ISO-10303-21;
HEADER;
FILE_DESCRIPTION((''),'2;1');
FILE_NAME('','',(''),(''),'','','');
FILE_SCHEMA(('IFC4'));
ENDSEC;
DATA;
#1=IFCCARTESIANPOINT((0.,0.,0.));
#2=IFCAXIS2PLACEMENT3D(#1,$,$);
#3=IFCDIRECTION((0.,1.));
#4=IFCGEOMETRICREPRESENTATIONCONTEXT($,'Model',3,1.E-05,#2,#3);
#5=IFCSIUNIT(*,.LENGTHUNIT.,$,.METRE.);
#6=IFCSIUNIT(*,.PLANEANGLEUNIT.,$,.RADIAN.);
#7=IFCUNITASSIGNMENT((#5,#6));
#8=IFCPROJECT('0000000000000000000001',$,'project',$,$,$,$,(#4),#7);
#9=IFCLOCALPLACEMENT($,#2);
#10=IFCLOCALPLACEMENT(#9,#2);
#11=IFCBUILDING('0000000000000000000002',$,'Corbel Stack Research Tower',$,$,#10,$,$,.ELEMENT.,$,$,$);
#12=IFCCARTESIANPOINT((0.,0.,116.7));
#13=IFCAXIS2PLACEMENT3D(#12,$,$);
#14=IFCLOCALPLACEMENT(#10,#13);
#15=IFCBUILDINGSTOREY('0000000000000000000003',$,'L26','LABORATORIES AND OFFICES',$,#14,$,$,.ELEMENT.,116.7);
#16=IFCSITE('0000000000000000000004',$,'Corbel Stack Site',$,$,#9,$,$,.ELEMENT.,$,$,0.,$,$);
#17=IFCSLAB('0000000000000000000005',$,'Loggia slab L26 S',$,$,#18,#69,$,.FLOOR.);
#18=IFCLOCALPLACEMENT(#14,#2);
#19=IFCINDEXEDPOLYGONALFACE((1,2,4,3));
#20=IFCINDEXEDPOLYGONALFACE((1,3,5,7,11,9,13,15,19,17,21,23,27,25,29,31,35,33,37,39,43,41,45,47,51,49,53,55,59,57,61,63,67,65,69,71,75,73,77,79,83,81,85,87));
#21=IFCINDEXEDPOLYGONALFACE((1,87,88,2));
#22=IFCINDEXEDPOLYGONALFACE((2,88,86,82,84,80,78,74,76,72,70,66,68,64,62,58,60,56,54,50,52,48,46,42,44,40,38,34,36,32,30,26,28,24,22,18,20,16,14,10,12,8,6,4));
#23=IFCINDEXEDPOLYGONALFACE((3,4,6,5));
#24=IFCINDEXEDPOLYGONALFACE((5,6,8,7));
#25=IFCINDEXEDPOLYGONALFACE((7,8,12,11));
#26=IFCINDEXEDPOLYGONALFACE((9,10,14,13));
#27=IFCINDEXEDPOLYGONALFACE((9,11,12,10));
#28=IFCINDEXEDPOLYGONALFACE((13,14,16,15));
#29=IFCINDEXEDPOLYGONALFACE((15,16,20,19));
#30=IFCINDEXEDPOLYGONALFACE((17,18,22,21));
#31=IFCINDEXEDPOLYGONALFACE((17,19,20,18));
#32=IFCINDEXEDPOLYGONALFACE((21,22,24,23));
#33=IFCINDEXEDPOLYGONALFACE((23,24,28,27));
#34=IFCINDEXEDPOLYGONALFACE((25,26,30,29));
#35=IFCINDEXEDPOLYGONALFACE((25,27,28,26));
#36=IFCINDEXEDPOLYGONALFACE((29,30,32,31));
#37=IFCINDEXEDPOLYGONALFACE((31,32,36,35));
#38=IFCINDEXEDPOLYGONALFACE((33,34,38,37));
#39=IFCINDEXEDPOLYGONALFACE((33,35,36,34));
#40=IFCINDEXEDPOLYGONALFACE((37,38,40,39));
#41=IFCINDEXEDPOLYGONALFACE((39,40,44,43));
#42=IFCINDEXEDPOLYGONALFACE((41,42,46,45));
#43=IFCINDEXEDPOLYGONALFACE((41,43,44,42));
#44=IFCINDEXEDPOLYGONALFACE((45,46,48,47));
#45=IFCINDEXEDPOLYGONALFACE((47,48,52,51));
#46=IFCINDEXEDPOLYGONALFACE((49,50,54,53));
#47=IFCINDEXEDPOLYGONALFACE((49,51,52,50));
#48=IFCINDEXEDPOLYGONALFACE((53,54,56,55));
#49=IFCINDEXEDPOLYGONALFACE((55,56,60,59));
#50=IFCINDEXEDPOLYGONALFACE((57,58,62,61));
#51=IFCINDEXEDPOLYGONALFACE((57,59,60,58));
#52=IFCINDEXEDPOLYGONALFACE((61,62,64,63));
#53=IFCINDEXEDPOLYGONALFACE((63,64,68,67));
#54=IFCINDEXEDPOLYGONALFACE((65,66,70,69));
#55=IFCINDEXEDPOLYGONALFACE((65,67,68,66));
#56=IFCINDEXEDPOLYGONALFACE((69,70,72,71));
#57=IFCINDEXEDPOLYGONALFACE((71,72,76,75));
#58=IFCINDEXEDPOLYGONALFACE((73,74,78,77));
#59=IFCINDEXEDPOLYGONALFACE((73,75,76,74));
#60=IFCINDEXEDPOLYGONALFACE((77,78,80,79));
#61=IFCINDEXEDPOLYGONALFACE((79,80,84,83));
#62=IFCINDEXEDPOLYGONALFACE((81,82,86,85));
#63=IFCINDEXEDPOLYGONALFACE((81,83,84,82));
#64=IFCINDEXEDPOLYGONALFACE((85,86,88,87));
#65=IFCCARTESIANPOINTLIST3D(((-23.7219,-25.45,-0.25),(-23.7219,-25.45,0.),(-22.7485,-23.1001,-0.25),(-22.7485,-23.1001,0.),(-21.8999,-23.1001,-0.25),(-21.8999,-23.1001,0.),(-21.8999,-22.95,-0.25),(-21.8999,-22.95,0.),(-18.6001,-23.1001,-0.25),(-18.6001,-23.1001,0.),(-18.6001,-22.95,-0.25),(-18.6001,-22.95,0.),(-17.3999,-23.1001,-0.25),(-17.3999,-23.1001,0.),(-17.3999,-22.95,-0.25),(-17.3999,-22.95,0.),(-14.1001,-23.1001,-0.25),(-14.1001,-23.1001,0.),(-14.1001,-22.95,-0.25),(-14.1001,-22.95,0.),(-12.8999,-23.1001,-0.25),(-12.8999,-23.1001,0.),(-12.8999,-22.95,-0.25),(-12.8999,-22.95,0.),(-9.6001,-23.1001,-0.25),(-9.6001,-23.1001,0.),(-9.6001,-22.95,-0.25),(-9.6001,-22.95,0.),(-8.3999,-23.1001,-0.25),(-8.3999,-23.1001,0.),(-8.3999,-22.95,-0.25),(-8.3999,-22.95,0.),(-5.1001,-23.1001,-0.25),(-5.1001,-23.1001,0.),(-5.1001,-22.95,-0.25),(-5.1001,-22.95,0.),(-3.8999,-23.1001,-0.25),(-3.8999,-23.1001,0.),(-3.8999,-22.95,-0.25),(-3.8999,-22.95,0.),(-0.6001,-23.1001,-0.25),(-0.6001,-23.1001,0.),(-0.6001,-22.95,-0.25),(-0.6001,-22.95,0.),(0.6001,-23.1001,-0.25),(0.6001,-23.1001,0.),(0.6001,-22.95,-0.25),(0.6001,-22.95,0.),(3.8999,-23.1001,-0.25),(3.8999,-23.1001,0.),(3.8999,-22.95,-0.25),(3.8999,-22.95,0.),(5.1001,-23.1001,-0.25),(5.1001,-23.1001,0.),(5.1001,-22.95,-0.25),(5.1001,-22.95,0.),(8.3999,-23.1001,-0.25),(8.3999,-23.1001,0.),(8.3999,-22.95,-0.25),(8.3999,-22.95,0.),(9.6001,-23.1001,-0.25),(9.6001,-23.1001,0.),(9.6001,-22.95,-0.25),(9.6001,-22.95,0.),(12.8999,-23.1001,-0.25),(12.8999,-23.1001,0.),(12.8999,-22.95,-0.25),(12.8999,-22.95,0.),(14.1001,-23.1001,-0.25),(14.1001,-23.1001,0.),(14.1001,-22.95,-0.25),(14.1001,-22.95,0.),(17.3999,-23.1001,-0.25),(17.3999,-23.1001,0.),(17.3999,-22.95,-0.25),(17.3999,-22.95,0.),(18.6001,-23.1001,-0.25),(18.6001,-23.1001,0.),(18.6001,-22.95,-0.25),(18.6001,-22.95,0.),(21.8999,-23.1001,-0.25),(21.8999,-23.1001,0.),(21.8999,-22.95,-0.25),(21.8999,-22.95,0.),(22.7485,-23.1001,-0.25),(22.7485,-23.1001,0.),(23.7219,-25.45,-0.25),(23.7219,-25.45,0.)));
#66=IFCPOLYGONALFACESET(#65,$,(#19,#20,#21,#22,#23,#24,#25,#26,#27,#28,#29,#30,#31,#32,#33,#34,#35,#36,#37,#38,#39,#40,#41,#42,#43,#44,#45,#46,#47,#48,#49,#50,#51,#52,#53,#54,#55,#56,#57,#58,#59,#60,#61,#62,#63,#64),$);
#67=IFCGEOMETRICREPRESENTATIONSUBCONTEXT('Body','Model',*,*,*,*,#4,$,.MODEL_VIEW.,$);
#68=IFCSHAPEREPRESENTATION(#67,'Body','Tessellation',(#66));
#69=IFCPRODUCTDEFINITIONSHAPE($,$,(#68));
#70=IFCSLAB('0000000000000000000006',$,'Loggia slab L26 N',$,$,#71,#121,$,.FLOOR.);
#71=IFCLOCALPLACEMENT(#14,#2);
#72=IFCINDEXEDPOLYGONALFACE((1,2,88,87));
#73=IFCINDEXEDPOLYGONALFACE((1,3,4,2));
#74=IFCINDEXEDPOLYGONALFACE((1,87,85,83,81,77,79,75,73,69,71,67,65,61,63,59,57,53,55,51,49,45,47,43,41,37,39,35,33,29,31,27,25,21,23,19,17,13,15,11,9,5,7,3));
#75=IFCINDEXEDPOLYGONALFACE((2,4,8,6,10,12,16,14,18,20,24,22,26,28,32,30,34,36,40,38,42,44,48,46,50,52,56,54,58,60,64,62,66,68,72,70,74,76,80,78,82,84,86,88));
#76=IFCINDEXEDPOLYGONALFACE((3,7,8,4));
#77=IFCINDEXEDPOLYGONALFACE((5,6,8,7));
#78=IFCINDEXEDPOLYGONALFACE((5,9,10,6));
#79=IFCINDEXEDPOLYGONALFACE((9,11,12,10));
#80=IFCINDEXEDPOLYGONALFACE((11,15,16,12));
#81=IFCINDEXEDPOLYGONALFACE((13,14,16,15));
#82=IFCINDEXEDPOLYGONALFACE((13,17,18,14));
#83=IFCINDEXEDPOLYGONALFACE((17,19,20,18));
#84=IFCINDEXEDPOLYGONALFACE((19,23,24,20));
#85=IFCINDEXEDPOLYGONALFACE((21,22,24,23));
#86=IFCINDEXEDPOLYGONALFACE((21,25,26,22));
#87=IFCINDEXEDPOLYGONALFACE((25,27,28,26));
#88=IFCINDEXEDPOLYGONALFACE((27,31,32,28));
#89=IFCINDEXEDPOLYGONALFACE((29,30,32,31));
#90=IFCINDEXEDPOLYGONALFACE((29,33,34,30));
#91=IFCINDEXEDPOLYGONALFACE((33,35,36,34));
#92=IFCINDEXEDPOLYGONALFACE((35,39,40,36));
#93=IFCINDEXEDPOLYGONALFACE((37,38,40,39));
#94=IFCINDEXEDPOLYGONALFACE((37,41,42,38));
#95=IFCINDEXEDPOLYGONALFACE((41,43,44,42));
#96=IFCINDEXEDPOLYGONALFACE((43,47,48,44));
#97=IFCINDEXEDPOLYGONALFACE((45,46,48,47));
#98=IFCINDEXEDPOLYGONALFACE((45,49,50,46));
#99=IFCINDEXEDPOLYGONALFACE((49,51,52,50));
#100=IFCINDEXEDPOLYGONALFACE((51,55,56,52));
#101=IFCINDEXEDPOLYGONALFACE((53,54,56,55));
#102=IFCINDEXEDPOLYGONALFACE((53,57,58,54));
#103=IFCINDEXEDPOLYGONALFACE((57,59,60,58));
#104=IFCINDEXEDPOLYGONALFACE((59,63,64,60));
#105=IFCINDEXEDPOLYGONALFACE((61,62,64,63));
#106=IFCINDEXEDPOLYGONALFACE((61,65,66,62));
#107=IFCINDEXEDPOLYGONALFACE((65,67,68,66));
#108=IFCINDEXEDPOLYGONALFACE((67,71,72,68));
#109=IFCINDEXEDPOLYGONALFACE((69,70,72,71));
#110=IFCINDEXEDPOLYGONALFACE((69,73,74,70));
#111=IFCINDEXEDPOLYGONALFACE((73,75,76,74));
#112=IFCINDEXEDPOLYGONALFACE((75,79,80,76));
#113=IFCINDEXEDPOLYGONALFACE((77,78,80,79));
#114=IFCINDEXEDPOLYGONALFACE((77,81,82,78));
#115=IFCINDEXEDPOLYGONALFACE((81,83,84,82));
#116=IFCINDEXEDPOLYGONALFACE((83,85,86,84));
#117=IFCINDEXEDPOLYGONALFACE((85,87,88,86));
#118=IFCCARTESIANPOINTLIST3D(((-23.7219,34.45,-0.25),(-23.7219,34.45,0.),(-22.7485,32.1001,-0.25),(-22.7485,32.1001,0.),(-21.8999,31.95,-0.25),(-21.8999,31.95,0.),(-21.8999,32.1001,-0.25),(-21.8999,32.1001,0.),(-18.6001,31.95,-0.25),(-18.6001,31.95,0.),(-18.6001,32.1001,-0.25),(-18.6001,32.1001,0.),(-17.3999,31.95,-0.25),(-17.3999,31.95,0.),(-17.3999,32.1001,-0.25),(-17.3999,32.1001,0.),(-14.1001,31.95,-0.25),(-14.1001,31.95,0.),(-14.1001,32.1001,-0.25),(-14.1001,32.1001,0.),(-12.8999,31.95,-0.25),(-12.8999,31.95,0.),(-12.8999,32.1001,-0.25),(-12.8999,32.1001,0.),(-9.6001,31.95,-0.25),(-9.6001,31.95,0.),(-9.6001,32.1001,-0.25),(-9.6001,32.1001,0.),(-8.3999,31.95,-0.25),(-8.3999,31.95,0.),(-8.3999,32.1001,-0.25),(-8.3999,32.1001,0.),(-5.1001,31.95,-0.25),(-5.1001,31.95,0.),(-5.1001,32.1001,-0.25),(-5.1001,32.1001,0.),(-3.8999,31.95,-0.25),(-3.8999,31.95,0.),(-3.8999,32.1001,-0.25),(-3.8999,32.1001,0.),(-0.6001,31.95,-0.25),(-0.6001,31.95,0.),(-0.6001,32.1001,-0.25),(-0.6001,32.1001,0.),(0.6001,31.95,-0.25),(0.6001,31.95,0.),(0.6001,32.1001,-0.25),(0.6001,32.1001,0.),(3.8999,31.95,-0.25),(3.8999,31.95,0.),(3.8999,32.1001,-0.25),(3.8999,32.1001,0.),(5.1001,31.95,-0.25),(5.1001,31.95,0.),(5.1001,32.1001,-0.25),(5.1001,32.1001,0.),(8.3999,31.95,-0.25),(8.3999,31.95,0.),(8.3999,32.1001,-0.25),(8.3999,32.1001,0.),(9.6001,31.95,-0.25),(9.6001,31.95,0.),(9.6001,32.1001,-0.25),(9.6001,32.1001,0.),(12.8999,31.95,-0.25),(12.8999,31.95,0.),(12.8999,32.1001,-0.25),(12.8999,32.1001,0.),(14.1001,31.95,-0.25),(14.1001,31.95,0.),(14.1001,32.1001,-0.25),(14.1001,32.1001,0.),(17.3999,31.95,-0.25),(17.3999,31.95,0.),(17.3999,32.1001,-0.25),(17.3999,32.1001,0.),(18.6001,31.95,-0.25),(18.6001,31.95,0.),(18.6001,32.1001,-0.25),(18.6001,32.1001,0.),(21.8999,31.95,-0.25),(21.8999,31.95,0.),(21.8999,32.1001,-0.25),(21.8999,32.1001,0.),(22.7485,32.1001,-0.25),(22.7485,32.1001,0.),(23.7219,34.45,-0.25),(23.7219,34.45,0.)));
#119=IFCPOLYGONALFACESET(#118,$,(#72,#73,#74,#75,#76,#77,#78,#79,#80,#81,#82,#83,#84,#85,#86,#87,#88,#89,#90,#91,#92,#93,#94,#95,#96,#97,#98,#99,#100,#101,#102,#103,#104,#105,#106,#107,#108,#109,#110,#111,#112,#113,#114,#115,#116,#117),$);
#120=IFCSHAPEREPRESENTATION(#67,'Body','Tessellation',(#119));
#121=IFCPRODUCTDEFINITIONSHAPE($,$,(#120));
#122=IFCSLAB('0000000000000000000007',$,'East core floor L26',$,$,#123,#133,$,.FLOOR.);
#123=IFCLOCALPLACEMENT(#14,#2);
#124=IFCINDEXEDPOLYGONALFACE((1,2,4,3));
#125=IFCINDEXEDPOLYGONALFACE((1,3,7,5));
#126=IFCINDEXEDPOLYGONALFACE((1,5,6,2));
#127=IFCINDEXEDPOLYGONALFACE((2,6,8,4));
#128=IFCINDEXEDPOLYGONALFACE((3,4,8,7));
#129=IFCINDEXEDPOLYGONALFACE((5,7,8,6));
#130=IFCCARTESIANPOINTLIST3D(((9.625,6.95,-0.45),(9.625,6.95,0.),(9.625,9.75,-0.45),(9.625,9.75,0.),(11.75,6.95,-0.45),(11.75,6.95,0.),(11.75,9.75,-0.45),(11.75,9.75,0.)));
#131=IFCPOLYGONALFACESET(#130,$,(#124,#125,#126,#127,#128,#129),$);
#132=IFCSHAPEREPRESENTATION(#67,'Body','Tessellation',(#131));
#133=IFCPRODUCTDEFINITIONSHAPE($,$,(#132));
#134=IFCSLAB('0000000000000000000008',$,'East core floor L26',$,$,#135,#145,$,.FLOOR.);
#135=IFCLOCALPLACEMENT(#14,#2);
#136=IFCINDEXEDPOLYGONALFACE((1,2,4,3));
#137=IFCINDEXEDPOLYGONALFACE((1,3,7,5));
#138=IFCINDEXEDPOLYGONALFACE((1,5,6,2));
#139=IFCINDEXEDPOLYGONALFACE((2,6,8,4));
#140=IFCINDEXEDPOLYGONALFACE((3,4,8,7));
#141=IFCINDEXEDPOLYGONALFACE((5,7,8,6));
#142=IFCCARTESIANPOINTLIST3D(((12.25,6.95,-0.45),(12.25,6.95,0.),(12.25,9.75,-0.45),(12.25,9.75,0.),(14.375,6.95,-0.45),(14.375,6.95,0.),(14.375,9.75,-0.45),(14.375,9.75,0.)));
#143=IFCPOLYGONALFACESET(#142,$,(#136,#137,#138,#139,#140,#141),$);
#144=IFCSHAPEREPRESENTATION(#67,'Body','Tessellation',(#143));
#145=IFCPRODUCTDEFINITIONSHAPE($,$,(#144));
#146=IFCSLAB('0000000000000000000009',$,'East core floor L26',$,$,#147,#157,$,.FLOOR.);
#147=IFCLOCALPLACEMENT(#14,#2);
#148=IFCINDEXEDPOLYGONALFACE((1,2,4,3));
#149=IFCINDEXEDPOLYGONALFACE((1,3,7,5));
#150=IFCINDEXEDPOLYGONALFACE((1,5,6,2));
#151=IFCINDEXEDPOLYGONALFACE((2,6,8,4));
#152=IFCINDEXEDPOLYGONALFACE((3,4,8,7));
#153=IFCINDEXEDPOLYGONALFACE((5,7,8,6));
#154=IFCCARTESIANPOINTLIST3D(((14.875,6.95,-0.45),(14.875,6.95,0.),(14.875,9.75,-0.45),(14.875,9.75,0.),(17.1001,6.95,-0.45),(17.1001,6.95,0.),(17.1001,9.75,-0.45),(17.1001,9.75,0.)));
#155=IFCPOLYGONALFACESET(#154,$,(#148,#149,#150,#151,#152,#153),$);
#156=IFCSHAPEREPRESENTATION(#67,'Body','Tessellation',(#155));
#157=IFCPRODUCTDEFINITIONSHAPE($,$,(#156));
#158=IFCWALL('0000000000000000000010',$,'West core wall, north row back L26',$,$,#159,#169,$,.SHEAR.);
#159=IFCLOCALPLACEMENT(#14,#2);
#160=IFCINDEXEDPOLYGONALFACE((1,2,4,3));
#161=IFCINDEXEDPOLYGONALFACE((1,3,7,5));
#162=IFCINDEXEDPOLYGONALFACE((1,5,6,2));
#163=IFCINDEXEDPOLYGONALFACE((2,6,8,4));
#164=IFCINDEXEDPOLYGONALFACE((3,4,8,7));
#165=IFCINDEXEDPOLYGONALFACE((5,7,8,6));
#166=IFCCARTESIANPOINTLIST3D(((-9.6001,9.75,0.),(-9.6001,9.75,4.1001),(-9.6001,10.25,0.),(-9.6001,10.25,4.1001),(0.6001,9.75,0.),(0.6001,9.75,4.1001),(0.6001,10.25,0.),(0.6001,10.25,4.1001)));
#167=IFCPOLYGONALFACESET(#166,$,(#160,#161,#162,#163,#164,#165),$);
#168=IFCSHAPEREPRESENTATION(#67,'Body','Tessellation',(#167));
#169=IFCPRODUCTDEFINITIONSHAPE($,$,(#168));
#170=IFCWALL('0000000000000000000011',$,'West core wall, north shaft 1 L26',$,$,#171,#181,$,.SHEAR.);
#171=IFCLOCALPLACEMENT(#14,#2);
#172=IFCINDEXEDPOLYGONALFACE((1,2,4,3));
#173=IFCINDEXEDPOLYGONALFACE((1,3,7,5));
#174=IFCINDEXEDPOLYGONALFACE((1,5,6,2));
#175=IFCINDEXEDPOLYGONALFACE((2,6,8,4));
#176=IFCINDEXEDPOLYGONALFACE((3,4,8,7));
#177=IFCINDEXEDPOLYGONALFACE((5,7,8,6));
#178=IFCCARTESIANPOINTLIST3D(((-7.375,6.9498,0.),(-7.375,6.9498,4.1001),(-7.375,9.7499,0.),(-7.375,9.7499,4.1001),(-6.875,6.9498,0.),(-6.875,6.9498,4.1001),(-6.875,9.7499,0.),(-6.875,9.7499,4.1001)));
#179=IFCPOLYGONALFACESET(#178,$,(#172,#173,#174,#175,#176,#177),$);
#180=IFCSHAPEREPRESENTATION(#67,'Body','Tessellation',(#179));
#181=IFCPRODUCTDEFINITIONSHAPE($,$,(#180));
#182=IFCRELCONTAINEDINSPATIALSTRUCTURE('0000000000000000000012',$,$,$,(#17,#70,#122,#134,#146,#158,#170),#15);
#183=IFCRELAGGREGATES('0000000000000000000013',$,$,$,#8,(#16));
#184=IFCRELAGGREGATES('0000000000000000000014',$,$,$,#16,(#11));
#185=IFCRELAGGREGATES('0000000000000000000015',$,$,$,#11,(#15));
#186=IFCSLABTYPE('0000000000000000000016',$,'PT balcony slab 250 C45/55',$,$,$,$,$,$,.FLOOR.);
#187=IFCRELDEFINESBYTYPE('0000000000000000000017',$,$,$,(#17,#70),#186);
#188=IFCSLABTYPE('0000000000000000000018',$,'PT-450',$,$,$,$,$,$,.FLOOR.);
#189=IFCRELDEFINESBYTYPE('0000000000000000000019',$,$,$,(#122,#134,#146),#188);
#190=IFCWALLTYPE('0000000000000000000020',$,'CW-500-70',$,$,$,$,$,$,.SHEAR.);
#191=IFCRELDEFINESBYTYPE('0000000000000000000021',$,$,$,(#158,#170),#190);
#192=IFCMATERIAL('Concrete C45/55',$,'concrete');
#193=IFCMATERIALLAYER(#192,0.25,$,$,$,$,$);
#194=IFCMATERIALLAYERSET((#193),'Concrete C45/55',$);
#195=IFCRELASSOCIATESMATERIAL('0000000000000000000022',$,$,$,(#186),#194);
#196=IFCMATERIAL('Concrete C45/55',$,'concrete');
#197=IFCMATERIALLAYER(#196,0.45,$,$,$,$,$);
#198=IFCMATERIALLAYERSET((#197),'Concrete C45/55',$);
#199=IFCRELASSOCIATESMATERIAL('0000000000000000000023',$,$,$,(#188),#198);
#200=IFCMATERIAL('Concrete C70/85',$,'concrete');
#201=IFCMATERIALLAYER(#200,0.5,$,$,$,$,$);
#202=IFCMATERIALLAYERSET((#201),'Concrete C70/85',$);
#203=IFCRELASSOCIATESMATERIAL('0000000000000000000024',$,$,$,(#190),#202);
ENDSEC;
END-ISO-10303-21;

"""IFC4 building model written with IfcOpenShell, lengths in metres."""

from ifc_helpers import new_model, si_unit, direction, frame, frame_2d, origin, place, context, subcontext, project, spatial, polyline, rectangle, outline, extrude, material, layer, layer_set, type_object, element, save


model = new_model("IFC4")

# Units and contexts
model_context = context("Model", 3, precision=1e-05, world=origin(), true_north=direction((0.0, 1.0)))
body_context = subcontext(model_context, "Body", "Model", "MODEL_VIEW")
ifc_project = project(units=[si_unit("LENGTHUNIT", "METRE"), si_unit("PLANEANGLEUNIT", "RADIAN")], contexts=[model_context])

# Site, building, storey
site_placement = place(None, origin())
site = spatial("IfcSite", under=ifc_project, at=site_placement, Name="Corbel Stack Site", CompositionType="ELEMENT", RefElevation=0.0)
building_placement = place(site_placement, origin())
building = spatial("IfcBuilding", under=site, at=building_placement, Name="Corbel Stack Research Tower", CompositionType="ELEMENT")
storey_placement = place(building_placement, frame((0.0, 0.0, 116.7)))
storey = spatial("IfcBuildingStorey", under=building, at=storey_placement, Name="L26", Description="LABORATORIES AND OFFICES", CompositionType="ELEMENT", Elevation=116.7)

# Slabs
ifc_material_1 = material(Name="Concrete C45/55", Category="concrete")
ifc_layer_1 = layer(ifc_material_1, 0.25)
ifc_layer_set_1 = layer_set([ifc_layer_1], Name="Concrete C45/55")
slab_type_1 = type_object("IfcSlabType", Name="PT balcony slab 250 C45/55", PredefinedType="FLOOR", material=ifc_layer_set_1)
slab_1_placement = place(storey_placement, frame((0.0, 0.0, -0.25)))
element("IfcSlab", 1, at=slab_1_placement, inside=storey, type_object=slab_type_1, Name="Loggia slab L26 S", PredefinedType="FLOOR", context=body_context, shape_type="SweptSolid", body=[
    extrude(outline(polyline([(22.7485, -23.1001), (21.8999, -23.1001), (21.8999, -22.95), (18.6001, -22.95), (18.6001, -23.1001), (17.3999, -23.1001), (17.3999, -22.95), (14.1001, -22.95), (14.1001, -23.1001), (12.8999, -23.1001), (12.8999, -22.95), (9.6001, -22.95), (9.6001, -23.1001), (8.3999, -23.1001), (8.3999, -22.95), (5.1001, -22.95), (5.1001, -23.1001), (3.8999, -23.1001), (3.8999, -22.95), (0.6001, -22.95), (0.6001, -23.1001), (-0.6001, -23.1001), (-0.6001, -22.95), (-3.8999, -22.95), (-3.8999, -23.1001), (-5.1001, -23.1001), (-5.1001, -22.95), (-8.3999, -22.95), (-8.3999, -23.1001), (-9.6001, -23.1001), (-9.6001, -22.95), (-12.8999, -22.95), (-12.8999, -23.1001), (-14.1001, -23.1001), (-14.1001, -22.95), (-17.3999, -22.95), (-17.3999, -23.1001), (-18.6001, -23.1001), (-18.6001, -22.95), (-21.8999, -22.95), (-21.8999, -23.1001), (-22.7485, -23.1001), (-23.7219, -25.45), (23.7219, -25.45), (22.7485, -23.1001)])), origin(), (0.0, 0.0, 1.0), 0.25),
])
slab_2_placement = place(storey_placement, frame((0.0, 0.0, -0.25)))
element("IfcSlab", 2, at=slab_2_placement, inside=storey, type_object=slab_type_1, Name="Loggia slab L26 N", PredefinedType="FLOOR", context=body_context, shape_type="SweptSolid", body=[
    extrude(outline(polyline([(-22.7485, 32.1001), (-21.8999, 32.1001), (-21.8999, 31.95), (-18.6001, 31.95), (-18.6001, 32.1001), (-17.3999, 32.1001), (-17.3999, 31.95), (-14.1001, 31.95), (-14.1001, 32.1001), (-12.8999, 32.1001), (-12.8999, 31.95), (-9.6001, 31.95), (-9.6001, 32.1001), (-8.3999, 32.1001), (-8.3999, 31.95), (-5.1001, 31.95), (-5.1001, 32.1001), (-3.8999, 32.1001), (-3.8999, 31.95), (-0.6001, 31.95), (-0.6001, 32.1001), (0.6001, 32.1001), (0.6001, 31.95), (3.8999, 31.95), (3.8999, 32.1001), (5.1001, 32.1001), (5.1001, 31.95), (8.3999, 31.95), (8.3999, 32.1001), (9.6001, 32.1001), (9.6001, 31.95), (12.8999, 31.95), (12.8999, 32.1001), (14.1001, 32.1001), (14.1001, 31.95), (17.3999, 31.95), (17.3999, 32.1001), (18.6001, 32.1001), (18.6001, 31.95), (21.8999, 31.95), (21.8999, 32.1001), (22.7485, 32.1001), (23.7219, 34.45), (-23.7219, 34.45), (-22.7485, 32.1001)])), origin(), (0.0, 0.0, 1.0), 0.25),
])
ifc_material_2 = material(Name="Concrete C45/55", Category="concrete")
ifc_layer_2 = layer(ifc_material_2, 0.45)
ifc_layer_set_2 = layer_set([ifc_layer_2], Name="Concrete C45/55")
slab_type_2 = type_object("IfcSlabType", Name="PT-450", PredefinedType="FLOOR", material=ifc_layer_set_2)
slab_3_placement = place(storey_placement, frame((0.0, 0.0, -0.45)))
element("IfcSlab", 3, at=slab_3_placement, inside=storey, type_object=slab_type_2, Name="East core floor L26", PredefinedType="FLOOR", context=body_context, shape_type="SweptSolid", body=[
    extrude(outline(polyline([(9.625, 6.95), (11.75, 6.95), (11.75, 9.75), (9.625, 9.75), (9.625, 6.95)])), origin(), (0.0, 0.0, 1.0), 0.45),
])
slab_4_placement = place(storey_placement, frame((0.0, 0.0, -0.45)))
element("IfcSlab", 4, at=slab_4_placement, inside=storey, type_object=slab_type_2, Name="East core floor L26", PredefinedType="FLOOR", context=body_context, shape_type="SweptSolid", body=[
    extrude(outline(polyline([(14.375, 6.95), (14.375, 9.75), (12.25, 9.75), (12.25, 6.95), (14.375, 6.95)])), origin(), (0.0, 0.0, 1.0), 0.45),
])
slab_5_placement = place(storey_placement, frame((0.0, 0.0, -0.45)))
element("IfcSlab", 5, at=slab_5_placement, inside=storey, type_object=slab_type_2, Name="East core floor L26", PredefinedType="FLOOR", context=body_context, shape_type="SweptSolid", body=[
    extrude(outline(polyline([(17.1001, 6.95), (17.1001, 9.75), (14.875, 9.75), (14.875, 6.95), (17.1001, 6.95)])), origin(), (0.0, 0.0, 1.0), 0.45),
])

# Walls
ifc_material_3 = material(Name="Concrete C70/85", Category="concrete")
ifc_layer_3 = layer(ifc_material_3, 0.5)
ifc_layer_set_3 = layer_set([ifc_layer_3], Name="Concrete C70/85")
wall_type_1 = type_object("IfcWallType", Name="CW-500-70", PredefinedType="SHEAR", material=ifc_layer_set_3)
wall_1_placement = place(storey_placement, frame((-9.6001, 10.0, 0.0), z_axis=(0.0, 0.0, 1.0), x_axis=(1.0, 0.0, 0.0)))
element("IfcWall", 6, at=wall_1_placement, inside=storey, type_object=wall_type_1, Name="West core wall, north row back L26", PredefinedType="SHEAR", context=body_context, shape_type="SweptSolid", body=[
    extrude(rectangle(XDim=10.2002, YDim=0.5, at=frame_2d((5.1001, 0.0))), origin(), (0.0, 0.0, 1.0), 4.1001),
])
for number, where, z_axis, x_axis, name in (
    (7, (-7.125, 6.95, 0.0), (0.0, 0.0, 1.0), (0.0, 1.0, 0.0), "West core wall, north shaft 1 L26"),
):
    element("IfcWall", number, at=place(storey_placement, frame(where, z_axis=z_axis, x_axis=x_axis)), inside=storey, type_object=wall_type_1, Name=name, PredefinedType="SHEAR", context=body_context, shape_type="SweptSolid", body=[
        extrude(rectangle(XDim=2.8, YDim=0.5, at=frame_2d((1.3999, 0.0))), origin(), (0.0, 0.0, 1.0), 4.1001),
    ])

save(model, "model.ifc")
